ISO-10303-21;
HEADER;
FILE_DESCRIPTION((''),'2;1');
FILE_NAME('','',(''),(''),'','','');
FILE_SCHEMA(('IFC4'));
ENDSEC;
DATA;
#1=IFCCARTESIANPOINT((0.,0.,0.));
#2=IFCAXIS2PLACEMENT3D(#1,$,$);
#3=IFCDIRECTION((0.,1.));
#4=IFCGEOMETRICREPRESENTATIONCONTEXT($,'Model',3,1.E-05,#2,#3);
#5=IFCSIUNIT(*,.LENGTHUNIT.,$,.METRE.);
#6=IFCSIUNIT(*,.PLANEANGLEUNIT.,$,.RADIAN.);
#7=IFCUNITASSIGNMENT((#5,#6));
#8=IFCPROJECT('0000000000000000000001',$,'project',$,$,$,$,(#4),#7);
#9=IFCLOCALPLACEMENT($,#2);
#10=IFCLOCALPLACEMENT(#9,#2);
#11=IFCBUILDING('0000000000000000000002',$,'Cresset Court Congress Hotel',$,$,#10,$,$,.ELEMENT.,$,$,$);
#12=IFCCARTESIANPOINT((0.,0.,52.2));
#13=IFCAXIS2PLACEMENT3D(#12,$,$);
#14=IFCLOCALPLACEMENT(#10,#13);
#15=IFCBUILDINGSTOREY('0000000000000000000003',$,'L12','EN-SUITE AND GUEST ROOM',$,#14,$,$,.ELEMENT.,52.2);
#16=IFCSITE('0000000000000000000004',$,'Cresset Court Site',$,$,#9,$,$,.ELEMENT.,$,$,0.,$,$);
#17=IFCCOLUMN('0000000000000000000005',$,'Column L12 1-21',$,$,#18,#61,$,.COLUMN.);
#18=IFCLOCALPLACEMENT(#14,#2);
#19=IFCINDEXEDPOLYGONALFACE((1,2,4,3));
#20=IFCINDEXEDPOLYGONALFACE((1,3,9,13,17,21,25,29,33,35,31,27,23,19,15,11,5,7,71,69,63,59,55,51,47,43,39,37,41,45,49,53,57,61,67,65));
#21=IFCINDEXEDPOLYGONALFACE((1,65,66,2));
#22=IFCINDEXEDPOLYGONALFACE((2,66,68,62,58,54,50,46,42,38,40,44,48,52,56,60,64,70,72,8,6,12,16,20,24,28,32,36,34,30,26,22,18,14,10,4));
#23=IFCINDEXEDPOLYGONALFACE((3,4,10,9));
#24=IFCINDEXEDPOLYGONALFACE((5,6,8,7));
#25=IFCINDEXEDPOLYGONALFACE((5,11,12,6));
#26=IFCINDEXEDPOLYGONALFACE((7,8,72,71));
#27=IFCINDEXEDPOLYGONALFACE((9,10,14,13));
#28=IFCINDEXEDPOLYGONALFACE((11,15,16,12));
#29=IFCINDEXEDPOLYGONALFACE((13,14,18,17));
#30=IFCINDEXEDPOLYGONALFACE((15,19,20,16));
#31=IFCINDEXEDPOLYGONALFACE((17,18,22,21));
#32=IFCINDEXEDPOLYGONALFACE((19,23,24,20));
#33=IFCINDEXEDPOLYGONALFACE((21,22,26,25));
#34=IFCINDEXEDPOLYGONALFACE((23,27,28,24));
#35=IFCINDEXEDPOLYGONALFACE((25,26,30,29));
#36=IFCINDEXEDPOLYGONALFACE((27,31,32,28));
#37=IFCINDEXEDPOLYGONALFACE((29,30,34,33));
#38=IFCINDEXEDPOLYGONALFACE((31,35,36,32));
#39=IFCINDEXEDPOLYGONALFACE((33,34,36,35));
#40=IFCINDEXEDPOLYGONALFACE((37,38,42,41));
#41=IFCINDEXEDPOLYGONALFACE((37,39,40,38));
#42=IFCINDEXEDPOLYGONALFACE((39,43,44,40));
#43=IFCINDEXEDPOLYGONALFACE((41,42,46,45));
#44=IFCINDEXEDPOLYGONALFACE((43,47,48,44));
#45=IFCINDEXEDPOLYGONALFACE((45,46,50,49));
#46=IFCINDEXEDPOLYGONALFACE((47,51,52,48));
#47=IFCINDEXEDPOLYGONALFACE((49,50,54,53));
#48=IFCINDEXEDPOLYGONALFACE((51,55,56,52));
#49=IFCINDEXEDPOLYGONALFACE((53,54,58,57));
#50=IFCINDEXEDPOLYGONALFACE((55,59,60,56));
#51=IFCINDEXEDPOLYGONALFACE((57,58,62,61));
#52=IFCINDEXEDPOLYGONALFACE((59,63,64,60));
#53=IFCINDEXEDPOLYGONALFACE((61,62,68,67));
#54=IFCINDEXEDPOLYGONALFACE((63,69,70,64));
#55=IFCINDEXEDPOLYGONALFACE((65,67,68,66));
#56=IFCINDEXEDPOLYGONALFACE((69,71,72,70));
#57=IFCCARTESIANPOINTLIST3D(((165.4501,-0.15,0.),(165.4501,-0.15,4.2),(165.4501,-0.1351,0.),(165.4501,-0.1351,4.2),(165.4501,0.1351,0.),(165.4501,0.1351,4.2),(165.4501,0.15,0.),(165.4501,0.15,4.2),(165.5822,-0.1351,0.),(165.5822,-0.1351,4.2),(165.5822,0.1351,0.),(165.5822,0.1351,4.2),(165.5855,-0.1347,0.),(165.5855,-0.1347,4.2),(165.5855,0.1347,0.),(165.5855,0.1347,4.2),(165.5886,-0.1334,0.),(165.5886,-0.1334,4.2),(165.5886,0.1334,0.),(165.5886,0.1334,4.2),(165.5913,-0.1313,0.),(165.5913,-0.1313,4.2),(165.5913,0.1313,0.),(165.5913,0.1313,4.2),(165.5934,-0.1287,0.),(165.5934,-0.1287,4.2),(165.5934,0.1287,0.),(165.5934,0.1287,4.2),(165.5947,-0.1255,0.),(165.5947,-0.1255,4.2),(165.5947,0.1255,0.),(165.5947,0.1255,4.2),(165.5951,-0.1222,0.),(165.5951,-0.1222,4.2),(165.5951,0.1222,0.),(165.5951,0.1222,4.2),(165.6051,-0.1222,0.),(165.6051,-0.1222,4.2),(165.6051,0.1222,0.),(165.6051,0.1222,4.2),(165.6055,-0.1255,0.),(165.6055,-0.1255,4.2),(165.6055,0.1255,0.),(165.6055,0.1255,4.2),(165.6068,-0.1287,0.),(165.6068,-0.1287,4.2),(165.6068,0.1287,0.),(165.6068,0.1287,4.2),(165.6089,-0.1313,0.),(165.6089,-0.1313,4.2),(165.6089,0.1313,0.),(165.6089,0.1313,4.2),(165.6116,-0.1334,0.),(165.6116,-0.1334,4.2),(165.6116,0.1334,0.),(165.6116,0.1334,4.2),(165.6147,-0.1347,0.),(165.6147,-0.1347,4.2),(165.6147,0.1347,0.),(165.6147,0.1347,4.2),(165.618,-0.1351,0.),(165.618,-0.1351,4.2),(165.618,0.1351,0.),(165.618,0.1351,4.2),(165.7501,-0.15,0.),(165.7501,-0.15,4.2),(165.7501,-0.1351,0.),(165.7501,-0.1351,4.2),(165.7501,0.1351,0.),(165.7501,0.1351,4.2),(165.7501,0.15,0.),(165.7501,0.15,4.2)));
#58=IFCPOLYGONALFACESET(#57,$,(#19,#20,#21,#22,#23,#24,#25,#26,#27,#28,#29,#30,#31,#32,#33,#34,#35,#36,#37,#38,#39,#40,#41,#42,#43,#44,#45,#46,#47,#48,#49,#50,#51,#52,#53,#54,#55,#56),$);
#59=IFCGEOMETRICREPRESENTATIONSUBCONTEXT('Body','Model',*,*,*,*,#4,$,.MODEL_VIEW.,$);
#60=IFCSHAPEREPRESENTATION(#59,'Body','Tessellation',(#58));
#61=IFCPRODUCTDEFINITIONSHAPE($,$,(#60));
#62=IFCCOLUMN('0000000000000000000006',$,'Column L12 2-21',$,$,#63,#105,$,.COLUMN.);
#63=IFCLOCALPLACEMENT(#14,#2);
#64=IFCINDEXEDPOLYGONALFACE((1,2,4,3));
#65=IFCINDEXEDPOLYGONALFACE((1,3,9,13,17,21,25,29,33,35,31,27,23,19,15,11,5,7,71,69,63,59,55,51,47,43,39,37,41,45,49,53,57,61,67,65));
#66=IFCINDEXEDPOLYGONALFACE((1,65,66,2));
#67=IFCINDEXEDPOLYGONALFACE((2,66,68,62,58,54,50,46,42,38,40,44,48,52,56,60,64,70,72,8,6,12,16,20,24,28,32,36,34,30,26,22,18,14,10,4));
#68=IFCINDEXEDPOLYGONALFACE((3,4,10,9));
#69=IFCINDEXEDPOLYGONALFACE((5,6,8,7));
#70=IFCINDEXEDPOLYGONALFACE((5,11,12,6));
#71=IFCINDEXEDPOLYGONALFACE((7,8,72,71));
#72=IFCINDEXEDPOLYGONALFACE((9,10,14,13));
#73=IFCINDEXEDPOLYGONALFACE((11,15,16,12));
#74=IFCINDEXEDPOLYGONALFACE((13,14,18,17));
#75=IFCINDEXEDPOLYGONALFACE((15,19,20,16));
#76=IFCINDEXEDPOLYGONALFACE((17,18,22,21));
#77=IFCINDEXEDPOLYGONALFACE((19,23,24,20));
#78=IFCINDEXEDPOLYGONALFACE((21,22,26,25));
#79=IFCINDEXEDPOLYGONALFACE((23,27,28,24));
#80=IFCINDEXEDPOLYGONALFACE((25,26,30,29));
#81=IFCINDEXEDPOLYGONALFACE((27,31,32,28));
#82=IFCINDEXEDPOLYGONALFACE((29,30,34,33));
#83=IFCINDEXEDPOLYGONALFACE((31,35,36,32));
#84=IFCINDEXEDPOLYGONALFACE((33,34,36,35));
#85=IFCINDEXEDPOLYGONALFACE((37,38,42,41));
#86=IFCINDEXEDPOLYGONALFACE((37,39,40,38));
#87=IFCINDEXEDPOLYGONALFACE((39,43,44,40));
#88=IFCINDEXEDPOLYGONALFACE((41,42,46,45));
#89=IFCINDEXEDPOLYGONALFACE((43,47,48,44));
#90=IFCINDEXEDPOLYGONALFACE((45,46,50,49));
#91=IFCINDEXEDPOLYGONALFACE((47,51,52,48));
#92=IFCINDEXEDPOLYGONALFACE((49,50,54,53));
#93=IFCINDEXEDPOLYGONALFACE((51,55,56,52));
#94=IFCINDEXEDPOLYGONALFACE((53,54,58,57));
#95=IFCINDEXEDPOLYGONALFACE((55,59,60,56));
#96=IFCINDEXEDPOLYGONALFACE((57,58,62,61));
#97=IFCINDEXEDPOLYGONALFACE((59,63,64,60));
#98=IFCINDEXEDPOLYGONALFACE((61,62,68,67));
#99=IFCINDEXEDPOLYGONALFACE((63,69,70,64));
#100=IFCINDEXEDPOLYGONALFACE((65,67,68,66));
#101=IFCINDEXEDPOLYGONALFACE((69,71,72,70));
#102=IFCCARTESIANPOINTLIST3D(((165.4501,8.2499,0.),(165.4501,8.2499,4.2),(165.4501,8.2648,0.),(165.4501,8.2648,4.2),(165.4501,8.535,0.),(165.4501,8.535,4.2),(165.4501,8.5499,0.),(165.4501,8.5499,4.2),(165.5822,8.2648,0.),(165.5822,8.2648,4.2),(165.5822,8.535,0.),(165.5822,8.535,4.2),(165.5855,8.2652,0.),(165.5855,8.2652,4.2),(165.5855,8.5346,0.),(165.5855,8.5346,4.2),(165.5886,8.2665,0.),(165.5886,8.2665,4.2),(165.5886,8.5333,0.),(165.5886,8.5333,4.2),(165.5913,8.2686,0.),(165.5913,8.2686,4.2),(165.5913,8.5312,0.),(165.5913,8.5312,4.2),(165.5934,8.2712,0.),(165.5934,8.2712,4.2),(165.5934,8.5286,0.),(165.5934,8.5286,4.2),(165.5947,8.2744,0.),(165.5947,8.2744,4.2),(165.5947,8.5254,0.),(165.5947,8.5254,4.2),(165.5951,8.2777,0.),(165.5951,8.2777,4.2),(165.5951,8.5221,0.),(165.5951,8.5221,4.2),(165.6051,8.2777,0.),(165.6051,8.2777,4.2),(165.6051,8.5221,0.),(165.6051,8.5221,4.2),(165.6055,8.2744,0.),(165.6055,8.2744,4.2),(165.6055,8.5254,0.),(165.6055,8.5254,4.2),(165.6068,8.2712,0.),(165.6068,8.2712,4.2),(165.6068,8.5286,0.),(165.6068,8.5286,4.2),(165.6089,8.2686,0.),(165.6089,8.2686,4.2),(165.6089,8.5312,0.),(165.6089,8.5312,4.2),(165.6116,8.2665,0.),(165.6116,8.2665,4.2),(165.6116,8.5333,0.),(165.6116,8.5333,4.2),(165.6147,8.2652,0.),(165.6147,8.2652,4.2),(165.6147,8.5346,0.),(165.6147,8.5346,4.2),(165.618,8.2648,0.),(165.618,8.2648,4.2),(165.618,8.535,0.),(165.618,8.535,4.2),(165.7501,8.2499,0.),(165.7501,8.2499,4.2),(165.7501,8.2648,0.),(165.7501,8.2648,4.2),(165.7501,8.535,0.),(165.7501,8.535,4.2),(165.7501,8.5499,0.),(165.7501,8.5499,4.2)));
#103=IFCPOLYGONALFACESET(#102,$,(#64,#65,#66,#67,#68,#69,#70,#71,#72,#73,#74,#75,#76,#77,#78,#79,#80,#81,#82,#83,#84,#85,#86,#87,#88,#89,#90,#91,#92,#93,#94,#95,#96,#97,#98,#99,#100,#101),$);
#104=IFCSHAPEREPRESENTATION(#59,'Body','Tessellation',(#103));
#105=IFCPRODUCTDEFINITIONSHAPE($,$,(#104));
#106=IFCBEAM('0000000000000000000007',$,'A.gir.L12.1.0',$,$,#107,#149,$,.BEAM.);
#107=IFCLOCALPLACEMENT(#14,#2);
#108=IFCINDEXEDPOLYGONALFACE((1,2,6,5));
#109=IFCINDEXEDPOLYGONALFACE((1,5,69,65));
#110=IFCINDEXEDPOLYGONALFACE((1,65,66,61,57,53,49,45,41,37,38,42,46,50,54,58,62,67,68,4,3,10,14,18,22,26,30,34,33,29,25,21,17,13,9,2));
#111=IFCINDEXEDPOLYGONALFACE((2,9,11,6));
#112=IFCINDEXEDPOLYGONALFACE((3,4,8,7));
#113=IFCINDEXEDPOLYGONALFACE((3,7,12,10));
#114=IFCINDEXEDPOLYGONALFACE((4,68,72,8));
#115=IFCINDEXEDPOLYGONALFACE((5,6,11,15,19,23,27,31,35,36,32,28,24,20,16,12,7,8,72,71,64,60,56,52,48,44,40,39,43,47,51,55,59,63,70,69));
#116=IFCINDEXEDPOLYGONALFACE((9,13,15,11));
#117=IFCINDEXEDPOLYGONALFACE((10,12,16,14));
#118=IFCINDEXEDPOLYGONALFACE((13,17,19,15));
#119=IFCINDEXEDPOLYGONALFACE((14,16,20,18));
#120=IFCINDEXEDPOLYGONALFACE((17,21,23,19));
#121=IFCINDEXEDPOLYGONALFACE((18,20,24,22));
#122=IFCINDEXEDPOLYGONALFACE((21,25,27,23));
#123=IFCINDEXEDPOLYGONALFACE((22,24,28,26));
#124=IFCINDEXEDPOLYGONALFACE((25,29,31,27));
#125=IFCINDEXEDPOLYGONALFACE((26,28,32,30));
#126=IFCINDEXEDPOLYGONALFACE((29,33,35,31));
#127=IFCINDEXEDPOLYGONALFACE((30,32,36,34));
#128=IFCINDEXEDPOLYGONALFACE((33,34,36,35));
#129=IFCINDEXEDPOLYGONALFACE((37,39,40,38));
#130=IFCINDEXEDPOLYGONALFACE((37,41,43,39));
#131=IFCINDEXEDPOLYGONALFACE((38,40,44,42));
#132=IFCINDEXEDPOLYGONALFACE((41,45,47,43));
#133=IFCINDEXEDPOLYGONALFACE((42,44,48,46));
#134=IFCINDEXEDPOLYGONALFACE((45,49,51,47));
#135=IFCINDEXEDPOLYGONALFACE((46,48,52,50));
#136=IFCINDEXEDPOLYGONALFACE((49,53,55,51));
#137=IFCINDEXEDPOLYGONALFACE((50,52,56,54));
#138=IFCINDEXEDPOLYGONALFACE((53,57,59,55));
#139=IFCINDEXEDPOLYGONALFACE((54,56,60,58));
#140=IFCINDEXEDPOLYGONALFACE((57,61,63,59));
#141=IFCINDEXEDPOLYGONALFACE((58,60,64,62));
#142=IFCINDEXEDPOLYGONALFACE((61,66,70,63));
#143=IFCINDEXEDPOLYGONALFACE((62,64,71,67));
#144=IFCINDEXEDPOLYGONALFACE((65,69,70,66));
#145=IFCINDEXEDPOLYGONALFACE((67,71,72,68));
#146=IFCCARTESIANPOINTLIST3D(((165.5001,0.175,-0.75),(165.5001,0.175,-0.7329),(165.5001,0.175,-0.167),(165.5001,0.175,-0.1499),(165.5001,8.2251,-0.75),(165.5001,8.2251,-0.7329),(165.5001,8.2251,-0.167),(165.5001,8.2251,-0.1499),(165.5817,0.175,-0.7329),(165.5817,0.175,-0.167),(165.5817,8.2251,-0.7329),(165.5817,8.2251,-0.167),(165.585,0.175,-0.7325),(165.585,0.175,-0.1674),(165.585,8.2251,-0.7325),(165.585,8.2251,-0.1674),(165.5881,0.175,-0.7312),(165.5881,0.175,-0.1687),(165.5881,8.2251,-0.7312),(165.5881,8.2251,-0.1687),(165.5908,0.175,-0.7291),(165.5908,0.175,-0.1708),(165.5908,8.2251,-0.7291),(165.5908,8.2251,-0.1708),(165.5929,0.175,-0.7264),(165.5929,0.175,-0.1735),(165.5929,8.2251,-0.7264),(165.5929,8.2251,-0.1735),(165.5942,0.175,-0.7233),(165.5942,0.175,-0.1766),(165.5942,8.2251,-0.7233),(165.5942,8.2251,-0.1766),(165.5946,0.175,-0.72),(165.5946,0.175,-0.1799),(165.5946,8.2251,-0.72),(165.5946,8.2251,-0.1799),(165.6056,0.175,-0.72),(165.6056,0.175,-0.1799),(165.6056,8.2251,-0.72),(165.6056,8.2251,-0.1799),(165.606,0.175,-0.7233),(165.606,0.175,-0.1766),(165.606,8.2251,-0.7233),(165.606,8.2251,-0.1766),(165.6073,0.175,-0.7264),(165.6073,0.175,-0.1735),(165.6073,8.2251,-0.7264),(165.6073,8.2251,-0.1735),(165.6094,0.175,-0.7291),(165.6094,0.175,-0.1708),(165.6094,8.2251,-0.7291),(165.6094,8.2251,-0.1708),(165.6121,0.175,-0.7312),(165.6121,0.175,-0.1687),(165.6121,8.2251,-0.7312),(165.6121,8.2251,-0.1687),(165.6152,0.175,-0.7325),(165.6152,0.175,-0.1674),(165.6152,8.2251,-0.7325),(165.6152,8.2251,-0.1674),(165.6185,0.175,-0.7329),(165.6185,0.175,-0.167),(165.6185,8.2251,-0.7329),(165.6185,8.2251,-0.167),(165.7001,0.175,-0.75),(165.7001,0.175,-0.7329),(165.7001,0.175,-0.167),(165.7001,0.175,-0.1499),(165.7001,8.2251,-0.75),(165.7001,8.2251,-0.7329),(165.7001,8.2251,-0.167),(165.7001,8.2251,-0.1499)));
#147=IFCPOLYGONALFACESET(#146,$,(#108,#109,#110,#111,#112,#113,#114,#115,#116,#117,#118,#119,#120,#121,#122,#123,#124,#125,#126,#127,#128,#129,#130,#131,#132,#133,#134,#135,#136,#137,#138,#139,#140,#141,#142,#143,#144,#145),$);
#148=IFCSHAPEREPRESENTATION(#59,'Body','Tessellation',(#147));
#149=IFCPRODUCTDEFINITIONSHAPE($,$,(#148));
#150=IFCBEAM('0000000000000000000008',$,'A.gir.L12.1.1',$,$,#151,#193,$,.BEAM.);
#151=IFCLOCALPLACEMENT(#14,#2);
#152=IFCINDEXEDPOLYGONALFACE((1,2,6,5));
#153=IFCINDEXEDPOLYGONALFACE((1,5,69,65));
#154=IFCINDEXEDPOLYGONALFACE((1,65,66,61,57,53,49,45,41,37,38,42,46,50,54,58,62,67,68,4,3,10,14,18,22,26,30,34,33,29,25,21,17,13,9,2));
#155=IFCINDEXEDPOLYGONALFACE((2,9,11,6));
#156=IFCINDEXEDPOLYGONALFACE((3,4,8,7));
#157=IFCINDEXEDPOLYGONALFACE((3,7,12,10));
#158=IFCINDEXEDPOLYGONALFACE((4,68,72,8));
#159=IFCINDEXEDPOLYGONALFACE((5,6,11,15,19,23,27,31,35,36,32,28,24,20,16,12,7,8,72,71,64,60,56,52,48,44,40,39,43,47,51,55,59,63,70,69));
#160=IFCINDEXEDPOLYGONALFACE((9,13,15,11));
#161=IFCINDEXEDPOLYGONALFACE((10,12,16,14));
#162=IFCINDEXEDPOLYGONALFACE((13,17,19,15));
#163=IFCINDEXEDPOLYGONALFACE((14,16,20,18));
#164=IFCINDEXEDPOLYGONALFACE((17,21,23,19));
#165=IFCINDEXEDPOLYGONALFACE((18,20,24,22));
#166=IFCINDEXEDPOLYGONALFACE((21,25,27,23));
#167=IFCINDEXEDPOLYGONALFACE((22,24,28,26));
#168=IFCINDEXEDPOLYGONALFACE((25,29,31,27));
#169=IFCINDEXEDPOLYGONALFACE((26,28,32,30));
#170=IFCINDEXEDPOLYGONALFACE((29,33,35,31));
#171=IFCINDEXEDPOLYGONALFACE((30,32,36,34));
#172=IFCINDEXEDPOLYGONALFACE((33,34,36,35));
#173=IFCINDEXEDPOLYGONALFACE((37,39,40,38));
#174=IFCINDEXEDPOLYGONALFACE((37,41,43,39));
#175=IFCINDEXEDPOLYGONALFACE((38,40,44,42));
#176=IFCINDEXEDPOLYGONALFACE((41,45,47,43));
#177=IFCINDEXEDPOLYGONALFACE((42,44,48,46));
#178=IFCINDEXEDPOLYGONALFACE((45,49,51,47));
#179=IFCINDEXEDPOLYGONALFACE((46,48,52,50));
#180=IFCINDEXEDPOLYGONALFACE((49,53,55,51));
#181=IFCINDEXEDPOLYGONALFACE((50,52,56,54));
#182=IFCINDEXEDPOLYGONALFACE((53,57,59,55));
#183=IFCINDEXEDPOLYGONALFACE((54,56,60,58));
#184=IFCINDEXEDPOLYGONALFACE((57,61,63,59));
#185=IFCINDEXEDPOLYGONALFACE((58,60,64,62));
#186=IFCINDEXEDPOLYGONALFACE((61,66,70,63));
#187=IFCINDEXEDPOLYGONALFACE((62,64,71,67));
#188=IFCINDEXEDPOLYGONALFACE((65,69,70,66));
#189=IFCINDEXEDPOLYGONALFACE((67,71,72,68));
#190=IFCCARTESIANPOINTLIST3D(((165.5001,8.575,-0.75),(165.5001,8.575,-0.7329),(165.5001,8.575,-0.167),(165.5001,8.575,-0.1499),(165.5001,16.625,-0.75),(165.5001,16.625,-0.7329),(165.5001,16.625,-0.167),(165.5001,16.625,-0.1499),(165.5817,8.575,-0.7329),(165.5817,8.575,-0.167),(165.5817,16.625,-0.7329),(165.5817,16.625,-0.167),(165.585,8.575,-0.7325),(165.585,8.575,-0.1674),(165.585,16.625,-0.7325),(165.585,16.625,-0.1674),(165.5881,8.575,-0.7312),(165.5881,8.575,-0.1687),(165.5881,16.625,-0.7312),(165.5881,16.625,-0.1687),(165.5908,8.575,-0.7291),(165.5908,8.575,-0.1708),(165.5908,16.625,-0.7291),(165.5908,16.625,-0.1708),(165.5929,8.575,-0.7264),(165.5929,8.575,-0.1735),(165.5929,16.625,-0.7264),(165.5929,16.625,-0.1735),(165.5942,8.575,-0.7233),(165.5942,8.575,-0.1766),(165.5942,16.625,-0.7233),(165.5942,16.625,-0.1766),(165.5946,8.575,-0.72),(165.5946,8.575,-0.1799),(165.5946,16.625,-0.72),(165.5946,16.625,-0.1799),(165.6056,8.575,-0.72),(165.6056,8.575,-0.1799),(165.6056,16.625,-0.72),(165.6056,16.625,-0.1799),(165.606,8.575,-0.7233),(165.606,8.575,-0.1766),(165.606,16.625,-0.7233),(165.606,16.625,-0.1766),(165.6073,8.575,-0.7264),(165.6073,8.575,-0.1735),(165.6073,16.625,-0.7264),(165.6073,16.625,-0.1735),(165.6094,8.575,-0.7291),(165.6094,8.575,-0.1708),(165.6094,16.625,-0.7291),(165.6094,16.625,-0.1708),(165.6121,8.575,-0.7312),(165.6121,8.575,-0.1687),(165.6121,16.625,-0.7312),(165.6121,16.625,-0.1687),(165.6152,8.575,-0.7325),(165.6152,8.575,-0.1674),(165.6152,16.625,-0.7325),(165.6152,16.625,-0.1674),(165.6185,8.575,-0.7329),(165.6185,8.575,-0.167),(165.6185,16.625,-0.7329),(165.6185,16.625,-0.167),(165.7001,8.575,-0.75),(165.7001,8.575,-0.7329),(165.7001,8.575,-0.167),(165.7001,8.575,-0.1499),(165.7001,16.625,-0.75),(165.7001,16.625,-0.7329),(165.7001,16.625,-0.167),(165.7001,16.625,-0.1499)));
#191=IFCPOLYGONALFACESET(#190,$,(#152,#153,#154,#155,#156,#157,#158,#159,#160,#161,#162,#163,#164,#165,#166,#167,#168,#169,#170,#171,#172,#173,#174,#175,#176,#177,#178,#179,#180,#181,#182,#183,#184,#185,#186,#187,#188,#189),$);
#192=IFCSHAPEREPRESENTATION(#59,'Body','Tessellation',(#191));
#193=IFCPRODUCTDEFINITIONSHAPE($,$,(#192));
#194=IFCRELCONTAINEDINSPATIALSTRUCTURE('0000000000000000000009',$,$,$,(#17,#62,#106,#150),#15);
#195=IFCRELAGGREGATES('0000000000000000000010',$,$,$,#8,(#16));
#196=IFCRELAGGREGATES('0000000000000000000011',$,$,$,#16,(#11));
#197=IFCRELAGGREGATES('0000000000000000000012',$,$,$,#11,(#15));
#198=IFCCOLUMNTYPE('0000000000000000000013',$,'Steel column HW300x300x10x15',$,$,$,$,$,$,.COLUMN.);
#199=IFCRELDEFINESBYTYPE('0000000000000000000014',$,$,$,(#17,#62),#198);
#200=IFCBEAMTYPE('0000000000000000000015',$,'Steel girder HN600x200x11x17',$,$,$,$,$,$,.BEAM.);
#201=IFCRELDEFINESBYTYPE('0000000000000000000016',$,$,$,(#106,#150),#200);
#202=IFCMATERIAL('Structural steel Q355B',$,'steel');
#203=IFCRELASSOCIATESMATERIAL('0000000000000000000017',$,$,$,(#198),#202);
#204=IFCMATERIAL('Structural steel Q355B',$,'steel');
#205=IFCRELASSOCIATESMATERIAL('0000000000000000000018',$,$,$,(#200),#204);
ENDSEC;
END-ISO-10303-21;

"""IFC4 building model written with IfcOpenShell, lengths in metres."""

from ifc_helpers import new_model, si_unit, direction, frame, origin, origin_2d, place, context, subcontext, project, spatial, i_section, extrude, material, material_profile, profile_set, type_object, element, save


model = new_model("IFC4")

# Units and contexts
model_context = context("Model", 3, precision=1e-05, world=origin(), true_north=direction((0.0, 1.0)))
body_context = subcontext(model_context, "Body", "Model", "MODEL_VIEW")
ifc_project = project(units=[si_unit("LENGTHUNIT", "METRE"), si_unit("PLANEANGLEUNIT", "RADIAN")], contexts=[model_context])

# Site, building, storey
site_placement = place(None, origin())
site = spatial("IfcSite", under=ifc_project, at=site_placement, Name="Cresset Court Site", CompositionType="ELEMENT", RefElevation=0.0)
building_placement = place(site_placement, origin())
building = spatial("IfcBuilding", under=site, at=building_placement, Name="Cresset Court Congress Hotel", CompositionType="ELEMENT")
storey_placement = place(building_placement, frame((0.0, 0.0, 52.2)))
storey = spatial("IfcBuildingStorey", under=building, at=storey_placement, Name="L12", Description="EN-SUITE AND GUEST ROOM", CompositionType="ELEMENT", Elevation=52.2)

# Columns
ifc_material_1 = material(Name="Structural steel Q355B", Category="steel")
ifc_material_profile_1 = material_profile(ifc_material_1, i_section(OverallWidth=0.3, OverallDepth=0.3, WebThickness=0.01, FlangeThickness=0.0149, FilletRadius=0.0129, at=origin_2d()), Name="HW300x300x10x15")
ifc_profile_set_1 = profile_set([ifc_material_profile_1], Name="Structural steel Q355B")
column_type = type_object("IfcColumnType", Name="Steel column HW300x300x10x15", PredefinedType="COLUMN", material=ifc_profile_set_1)
for number, where, z_axis, x_axis, name in (
    (1, (165.6001, 0.0, 0.0), (0.0, 0.0, 1.0), (1.0, 0.0, 0.0), "Column L12 1-21"),
    (2, (165.6001, 8.3999, 0.0), (0.0, 0.0, 1.0), (1.0, 0.0, 0.0), "Column L12 2-21"),
):
    element("IfcColumn", number, at=place(storey_placement, frame(where, z_axis=z_axis, x_axis=x_axis)), inside=storey, type_object=column_type, Name=name, PredefinedType="COLUMN", context=body_context, shape_type="SweptSolid", body=[
        extrude(i_section(OverallWidth=0.3, OverallDepth=0.3, WebThickness=0.01, FlangeThickness=0.0149, FilletRadius=0.0129, at=origin_2d()), origin(), (0.0, 0.0, 1.0), 4.2),
    ])

# Beams
ifc_material_2 = material(Name="Structural steel Q355B", Category="steel")
ifc_material_profile_2 = material_profile(ifc_material_2, i_section(OverallWidth=0.2, OverallDepth=0.6001, WebThickness=0.011, FlangeThickness=0.0171, FilletRadius=0.0129, at=origin_2d()), Name="HN600x200x11x17")
ifc_profile_set_2 = profile_set([ifc_material_profile_2], Name="Structural steel Q355B")
beam_type = type_object("IfcBeamType", Name="Steel girder HN600x200x11x17", PredefinedType="BEAM", material=ifc_profile_set_2)
for number, where, z_axis, x_axis, name in (
    (3, (165.6001, 0.175, -0.45), (0.0, 1.0, 0.0), (-1.0, 0.0, 0.0), "A.gir.L12.1.0"),
    (4, (165.6001, 8.575, -0.45), (0.0, 1.0, 0.0), (-1.0, 0.0, 0.0), "A.gir.L12.1.1"),
):
    element("IfcBeam", number, at=place(storey_placement, frame(where, z_axis=z_axis, x_axis=x_axis)), inside=storey, type_object=beam_type, Name=name, PredefinedType="BEAM", context=body_context, shape_type="SweptSolid", body=[
        extrude(i_section(OverallWidth=0.2, OverallDepth=0.6001, WebThickness=0.011, FlangeThickness=0.0171, FilletRadius=0.0129, at=origin_2d()), origin(), (0.0, 0.0, 1.0), 8.05),
    ])

save(model, "model.ifc")
